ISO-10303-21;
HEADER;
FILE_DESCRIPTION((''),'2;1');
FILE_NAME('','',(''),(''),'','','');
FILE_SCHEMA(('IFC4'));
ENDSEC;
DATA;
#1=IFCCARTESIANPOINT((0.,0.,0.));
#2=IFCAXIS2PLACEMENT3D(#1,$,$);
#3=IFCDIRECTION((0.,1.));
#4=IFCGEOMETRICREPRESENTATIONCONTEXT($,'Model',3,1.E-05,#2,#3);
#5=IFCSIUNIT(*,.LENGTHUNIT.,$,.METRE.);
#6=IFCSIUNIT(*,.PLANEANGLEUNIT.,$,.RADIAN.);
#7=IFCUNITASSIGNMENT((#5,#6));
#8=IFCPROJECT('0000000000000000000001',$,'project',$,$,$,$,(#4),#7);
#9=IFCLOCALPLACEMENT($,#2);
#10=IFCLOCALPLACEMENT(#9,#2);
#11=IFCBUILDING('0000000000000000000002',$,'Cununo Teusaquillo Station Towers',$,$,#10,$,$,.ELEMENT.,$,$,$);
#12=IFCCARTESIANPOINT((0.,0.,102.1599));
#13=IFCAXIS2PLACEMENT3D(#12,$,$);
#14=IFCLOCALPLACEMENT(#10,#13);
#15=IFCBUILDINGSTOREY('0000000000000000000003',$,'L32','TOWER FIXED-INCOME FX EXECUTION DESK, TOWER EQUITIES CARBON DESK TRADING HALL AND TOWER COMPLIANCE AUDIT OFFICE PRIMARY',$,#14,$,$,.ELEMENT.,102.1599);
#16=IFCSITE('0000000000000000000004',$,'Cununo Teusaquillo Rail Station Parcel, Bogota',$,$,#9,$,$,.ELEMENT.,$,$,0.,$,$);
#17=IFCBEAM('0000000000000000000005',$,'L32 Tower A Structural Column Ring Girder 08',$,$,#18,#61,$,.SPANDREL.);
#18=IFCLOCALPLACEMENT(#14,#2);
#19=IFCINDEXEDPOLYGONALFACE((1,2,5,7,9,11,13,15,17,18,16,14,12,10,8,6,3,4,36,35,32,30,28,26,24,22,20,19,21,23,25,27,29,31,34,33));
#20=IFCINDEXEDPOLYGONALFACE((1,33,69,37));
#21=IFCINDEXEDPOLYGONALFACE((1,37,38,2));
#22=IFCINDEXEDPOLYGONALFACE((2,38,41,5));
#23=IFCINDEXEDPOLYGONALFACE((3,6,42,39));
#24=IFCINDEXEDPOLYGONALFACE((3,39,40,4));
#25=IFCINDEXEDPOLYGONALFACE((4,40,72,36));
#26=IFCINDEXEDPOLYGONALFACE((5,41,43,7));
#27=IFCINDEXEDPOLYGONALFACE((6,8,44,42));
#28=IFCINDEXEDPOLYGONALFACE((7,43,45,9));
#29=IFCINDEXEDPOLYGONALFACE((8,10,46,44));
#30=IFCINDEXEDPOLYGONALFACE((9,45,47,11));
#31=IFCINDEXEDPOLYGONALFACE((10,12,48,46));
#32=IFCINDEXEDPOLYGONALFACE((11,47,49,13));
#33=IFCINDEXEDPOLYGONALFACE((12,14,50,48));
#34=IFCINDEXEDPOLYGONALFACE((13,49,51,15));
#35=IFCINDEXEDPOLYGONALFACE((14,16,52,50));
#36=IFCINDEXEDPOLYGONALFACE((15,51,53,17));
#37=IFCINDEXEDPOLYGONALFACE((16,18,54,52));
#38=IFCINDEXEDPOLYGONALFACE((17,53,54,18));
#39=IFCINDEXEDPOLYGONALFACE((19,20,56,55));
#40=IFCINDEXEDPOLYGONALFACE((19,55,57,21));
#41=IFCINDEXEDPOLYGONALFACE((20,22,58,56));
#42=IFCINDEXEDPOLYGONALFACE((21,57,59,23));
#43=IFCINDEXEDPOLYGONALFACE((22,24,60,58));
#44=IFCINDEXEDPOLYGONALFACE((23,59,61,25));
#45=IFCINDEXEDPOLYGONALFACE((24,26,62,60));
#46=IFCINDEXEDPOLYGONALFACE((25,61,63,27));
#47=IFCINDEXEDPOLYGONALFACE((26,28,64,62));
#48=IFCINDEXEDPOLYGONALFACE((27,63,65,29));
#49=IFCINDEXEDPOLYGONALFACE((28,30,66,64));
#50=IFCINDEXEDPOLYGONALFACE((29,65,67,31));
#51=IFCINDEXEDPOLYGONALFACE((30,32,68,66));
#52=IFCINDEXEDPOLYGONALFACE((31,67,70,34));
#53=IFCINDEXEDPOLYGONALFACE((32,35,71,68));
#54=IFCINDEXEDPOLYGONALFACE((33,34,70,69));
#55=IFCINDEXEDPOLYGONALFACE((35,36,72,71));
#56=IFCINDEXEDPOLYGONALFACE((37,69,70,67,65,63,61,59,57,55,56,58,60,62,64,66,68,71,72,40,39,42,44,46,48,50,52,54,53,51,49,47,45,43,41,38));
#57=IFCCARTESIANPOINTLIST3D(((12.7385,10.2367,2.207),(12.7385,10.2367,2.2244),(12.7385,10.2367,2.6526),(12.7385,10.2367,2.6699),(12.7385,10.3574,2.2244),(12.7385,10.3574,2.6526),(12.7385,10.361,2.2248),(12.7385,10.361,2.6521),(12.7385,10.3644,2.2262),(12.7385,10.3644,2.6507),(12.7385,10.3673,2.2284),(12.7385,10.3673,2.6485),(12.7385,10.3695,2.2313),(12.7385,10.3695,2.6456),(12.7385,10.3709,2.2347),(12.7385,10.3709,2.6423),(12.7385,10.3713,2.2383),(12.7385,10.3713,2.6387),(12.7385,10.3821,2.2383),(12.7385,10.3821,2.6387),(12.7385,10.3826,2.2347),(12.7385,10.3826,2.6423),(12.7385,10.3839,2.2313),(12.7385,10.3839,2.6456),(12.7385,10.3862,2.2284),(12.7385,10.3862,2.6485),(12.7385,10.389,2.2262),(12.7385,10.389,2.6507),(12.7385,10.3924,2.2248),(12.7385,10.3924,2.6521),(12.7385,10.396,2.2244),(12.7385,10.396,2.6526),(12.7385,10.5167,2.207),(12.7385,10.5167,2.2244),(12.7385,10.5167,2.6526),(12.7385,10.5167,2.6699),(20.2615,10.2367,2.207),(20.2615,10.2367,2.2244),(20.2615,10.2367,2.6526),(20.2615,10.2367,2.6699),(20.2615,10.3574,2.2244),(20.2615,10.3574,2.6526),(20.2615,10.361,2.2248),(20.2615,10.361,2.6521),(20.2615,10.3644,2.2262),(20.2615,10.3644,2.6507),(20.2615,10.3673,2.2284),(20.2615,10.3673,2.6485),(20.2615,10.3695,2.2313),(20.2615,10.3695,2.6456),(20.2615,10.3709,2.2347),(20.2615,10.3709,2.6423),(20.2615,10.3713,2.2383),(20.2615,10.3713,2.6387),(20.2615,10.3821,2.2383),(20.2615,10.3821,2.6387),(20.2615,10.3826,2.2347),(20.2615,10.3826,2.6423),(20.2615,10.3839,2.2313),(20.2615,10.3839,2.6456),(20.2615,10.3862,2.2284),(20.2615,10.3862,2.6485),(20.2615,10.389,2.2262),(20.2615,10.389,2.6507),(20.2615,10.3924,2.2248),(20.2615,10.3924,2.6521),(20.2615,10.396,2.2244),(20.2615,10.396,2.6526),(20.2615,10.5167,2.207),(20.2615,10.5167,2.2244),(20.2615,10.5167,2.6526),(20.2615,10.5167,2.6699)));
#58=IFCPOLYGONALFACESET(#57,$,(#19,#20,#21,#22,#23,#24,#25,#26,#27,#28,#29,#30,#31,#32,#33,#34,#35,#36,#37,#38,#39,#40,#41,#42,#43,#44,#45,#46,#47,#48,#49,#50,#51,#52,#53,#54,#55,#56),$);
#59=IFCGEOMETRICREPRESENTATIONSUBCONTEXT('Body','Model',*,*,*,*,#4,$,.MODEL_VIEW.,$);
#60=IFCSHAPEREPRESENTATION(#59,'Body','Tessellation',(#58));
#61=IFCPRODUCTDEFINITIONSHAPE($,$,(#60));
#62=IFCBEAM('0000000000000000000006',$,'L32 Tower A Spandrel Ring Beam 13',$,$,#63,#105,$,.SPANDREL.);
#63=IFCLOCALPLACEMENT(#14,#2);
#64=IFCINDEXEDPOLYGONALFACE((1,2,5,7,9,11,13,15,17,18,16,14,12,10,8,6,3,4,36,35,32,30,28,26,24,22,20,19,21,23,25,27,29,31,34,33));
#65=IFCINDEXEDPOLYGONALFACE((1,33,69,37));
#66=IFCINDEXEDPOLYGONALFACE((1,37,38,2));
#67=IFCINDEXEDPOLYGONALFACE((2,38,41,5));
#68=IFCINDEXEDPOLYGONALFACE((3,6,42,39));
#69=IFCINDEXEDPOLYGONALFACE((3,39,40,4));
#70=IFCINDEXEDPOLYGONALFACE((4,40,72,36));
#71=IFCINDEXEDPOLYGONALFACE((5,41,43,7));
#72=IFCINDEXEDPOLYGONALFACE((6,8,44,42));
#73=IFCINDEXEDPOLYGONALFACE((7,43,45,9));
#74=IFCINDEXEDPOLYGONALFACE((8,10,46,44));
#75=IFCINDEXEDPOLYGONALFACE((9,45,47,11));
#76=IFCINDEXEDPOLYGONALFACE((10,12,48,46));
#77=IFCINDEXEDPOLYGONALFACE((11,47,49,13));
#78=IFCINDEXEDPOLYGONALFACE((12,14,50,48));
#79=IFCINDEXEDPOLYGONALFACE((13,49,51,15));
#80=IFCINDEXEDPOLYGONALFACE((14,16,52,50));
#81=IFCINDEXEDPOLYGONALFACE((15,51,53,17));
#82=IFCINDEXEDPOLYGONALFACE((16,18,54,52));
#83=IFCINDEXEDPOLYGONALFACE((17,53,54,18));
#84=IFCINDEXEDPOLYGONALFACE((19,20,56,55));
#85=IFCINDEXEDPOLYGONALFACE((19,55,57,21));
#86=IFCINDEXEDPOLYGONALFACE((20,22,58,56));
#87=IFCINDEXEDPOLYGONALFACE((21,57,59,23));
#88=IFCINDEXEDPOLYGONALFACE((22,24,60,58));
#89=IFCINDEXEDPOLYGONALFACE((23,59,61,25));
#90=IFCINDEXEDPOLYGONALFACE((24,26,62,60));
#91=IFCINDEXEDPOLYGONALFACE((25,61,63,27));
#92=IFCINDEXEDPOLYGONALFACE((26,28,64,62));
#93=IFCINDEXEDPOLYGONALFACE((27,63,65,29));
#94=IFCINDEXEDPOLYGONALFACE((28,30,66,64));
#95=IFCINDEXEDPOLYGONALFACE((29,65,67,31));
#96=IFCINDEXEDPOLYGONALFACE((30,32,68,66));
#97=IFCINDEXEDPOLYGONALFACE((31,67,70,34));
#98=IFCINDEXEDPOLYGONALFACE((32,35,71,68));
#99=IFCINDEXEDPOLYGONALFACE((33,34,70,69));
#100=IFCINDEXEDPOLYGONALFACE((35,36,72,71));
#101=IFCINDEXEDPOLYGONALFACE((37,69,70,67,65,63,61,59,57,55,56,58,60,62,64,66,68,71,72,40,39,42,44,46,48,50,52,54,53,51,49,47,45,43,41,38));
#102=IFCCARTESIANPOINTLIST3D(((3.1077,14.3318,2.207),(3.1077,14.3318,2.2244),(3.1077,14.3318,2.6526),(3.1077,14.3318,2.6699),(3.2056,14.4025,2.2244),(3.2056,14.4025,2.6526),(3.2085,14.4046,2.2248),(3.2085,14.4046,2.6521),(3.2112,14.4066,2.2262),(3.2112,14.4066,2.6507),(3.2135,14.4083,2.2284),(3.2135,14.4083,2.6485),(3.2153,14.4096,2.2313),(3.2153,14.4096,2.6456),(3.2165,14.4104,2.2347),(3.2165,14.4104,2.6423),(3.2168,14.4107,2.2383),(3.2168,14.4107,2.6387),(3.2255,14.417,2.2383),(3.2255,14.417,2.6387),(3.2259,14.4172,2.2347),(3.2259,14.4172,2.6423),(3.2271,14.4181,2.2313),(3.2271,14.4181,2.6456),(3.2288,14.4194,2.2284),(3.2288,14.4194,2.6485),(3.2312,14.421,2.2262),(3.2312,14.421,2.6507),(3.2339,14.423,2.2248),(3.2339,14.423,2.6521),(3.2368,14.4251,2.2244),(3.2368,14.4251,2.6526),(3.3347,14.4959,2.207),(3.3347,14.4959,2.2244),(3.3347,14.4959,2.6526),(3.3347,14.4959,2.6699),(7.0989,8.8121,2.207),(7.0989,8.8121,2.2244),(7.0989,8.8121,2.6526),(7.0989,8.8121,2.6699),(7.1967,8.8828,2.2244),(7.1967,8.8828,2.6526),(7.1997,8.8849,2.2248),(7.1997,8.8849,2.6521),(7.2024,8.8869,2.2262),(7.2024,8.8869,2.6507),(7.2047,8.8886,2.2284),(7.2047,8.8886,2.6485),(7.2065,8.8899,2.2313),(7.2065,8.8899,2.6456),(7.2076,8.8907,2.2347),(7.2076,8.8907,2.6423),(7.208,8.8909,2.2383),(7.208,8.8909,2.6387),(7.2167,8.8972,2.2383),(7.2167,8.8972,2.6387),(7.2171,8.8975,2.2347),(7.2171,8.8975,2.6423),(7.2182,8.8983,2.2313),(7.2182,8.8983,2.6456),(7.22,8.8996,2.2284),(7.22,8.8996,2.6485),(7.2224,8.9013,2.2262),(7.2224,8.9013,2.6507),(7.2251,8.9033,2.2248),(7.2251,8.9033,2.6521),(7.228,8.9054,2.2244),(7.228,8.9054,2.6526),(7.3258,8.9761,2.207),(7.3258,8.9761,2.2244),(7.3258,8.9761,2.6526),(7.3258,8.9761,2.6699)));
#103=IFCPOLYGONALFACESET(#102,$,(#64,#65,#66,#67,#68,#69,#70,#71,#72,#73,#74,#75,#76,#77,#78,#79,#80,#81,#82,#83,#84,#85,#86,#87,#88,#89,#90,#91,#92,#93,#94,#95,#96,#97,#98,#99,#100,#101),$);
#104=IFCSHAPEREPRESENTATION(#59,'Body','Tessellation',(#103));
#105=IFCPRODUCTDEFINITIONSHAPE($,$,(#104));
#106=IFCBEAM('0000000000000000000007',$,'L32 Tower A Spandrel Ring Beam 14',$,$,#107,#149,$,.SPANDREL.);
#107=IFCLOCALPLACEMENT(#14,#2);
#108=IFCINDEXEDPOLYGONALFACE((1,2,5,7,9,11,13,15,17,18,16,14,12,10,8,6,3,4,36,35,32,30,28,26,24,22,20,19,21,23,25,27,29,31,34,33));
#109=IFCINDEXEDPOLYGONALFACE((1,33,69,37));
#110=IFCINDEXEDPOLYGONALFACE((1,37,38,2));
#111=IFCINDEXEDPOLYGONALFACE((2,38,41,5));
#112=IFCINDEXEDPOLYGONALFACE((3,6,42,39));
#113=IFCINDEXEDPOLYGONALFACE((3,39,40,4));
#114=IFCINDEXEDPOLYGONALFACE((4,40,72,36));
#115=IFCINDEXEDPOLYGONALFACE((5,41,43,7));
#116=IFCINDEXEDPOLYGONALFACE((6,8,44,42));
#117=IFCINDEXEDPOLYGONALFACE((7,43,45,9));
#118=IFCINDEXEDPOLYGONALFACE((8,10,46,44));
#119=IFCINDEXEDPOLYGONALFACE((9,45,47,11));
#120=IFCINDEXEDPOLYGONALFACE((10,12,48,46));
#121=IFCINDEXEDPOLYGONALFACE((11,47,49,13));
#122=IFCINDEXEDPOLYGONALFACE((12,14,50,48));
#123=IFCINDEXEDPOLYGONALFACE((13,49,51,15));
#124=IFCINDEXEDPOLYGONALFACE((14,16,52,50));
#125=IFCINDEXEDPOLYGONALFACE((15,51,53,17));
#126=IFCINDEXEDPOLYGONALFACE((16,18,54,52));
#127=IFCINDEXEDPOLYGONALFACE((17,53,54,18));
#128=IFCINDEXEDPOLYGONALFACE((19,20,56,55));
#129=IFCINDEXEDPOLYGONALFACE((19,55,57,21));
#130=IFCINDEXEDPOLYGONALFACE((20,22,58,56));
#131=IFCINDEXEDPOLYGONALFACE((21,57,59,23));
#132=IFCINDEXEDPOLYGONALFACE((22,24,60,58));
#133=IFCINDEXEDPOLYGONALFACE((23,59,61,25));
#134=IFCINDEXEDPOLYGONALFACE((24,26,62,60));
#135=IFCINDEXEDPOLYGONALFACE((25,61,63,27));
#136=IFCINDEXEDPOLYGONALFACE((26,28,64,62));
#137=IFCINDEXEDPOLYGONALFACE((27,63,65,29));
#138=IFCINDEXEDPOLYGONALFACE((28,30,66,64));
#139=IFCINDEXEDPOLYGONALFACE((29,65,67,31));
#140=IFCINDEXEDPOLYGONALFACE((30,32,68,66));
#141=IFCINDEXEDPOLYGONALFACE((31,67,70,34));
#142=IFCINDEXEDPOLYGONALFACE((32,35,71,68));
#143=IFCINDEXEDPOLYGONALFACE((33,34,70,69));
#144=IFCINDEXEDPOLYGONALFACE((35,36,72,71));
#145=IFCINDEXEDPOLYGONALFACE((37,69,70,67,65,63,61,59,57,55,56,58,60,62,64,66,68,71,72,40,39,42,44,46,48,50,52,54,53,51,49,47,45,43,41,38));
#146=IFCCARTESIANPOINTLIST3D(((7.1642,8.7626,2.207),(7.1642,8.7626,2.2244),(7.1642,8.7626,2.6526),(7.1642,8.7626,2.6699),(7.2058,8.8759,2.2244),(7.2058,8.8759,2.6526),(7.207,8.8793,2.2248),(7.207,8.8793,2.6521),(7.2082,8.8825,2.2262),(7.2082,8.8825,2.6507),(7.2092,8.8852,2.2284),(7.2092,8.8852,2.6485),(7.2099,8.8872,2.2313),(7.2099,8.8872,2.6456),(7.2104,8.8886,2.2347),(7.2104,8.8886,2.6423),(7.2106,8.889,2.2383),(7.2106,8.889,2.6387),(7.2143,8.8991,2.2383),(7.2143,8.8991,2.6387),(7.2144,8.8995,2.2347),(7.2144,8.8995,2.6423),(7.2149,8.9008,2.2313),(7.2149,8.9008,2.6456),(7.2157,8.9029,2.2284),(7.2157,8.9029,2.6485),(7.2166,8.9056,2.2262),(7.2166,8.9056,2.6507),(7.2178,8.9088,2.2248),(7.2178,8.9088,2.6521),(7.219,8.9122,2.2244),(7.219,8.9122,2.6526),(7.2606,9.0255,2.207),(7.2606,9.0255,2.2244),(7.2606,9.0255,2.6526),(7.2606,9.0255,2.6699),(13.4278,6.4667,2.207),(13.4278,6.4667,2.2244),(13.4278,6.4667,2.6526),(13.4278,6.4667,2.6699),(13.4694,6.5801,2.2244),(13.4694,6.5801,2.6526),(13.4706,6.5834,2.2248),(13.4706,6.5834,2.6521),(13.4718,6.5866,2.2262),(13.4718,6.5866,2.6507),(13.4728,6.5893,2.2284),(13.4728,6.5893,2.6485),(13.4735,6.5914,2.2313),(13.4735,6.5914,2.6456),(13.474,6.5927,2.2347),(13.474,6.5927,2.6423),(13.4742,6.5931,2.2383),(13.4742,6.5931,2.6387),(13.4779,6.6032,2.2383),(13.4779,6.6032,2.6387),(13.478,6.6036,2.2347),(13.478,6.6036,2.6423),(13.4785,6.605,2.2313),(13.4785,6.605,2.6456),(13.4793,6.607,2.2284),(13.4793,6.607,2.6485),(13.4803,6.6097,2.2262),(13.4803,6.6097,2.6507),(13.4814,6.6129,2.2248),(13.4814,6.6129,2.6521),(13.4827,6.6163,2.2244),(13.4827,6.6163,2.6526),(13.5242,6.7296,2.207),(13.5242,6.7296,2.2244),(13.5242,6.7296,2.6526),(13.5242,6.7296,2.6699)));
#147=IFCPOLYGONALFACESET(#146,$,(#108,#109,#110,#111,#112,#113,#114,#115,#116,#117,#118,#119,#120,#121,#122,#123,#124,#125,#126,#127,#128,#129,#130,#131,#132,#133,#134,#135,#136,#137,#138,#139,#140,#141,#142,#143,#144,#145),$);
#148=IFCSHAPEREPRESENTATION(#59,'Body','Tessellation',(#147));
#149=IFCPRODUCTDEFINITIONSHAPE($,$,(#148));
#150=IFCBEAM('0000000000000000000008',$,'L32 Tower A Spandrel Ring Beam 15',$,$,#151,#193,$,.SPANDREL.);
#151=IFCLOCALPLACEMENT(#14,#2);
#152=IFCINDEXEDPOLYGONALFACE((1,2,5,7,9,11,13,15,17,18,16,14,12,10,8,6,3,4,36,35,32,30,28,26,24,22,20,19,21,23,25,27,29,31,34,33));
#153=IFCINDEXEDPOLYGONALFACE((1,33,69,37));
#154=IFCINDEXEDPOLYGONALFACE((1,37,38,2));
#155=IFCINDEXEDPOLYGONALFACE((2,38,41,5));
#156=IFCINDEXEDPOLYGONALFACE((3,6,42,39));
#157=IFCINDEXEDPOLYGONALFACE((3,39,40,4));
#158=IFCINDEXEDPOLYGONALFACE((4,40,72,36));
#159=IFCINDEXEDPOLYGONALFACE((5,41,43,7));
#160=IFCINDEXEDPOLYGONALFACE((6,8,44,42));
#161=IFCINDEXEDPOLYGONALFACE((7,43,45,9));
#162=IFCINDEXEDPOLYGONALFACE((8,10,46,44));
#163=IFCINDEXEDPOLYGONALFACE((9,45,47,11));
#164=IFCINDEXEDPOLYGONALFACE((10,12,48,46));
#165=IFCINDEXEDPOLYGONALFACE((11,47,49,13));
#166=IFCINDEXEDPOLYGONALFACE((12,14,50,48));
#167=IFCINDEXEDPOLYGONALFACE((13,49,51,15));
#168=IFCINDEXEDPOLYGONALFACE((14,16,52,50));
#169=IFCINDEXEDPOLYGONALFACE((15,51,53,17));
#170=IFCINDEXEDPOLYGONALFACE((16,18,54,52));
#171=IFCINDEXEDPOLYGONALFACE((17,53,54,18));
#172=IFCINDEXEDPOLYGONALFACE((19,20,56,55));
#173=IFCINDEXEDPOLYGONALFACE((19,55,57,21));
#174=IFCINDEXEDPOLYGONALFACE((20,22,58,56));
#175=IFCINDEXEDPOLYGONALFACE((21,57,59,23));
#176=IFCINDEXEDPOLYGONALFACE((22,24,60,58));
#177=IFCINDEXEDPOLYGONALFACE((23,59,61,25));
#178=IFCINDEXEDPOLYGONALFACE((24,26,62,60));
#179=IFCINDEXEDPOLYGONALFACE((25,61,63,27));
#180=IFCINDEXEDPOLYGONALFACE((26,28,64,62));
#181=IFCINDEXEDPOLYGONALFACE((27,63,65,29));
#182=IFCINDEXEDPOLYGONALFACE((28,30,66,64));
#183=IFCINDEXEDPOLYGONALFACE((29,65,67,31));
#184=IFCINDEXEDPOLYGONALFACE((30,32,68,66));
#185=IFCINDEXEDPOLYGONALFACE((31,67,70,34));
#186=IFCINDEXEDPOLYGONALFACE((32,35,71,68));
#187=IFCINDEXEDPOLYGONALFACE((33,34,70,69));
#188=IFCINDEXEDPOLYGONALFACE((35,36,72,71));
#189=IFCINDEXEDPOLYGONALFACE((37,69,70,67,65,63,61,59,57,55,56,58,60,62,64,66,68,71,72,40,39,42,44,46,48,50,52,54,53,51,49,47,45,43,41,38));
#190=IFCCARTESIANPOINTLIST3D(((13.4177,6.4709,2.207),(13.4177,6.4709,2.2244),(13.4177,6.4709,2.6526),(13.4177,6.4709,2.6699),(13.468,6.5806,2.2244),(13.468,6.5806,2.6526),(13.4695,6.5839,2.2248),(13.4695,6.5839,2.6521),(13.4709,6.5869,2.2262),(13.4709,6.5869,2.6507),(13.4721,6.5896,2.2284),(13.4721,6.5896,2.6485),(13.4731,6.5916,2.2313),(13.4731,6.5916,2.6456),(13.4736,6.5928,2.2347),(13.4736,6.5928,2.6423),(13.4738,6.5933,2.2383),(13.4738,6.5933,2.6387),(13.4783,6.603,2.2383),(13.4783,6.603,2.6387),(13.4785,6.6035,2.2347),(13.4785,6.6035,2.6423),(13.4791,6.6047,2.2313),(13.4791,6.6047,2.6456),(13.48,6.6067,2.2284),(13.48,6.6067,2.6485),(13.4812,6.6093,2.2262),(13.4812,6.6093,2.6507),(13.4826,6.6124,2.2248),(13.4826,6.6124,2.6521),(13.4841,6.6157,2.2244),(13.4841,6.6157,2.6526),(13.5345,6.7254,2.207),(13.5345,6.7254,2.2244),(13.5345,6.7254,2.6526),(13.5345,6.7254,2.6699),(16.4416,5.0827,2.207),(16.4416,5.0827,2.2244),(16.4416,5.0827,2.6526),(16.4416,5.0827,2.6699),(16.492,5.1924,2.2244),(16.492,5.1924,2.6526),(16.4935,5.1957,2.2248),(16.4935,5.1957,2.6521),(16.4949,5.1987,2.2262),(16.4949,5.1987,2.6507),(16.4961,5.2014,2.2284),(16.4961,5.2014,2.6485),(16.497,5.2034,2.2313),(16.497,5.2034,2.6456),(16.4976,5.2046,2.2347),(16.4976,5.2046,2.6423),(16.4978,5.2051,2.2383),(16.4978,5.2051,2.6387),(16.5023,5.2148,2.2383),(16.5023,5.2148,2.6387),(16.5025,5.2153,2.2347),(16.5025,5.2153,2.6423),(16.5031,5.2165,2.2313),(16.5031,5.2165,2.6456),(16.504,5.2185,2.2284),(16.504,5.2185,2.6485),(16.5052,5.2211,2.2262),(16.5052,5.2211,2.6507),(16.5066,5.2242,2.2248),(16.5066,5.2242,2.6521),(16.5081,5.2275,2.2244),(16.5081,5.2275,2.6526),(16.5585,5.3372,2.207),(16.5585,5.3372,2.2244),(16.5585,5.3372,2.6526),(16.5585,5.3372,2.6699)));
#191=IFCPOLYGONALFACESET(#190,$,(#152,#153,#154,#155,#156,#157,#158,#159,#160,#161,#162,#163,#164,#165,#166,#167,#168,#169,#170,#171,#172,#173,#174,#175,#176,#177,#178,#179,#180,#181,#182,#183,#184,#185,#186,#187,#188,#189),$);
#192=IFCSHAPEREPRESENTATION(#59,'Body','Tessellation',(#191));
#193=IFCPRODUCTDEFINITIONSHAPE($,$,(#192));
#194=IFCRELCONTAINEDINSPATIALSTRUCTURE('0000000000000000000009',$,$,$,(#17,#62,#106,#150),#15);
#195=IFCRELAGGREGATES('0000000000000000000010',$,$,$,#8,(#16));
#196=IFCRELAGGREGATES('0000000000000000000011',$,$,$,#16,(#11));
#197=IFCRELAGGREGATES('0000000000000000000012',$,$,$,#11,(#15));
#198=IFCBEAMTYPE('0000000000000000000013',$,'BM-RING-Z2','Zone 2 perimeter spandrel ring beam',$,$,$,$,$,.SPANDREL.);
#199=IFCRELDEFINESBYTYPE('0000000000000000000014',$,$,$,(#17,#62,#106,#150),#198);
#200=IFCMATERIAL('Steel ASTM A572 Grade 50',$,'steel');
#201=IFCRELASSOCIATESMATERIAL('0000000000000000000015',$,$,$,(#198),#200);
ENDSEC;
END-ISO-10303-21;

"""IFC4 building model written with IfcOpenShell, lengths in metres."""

from ifc_helpers import new_model, si_unit, direction, frame, origin, origin_2d, place, context, subcontext, project, spatial, i_section, extrude, material, material_profile, profile_set, type_object, element, save


model = new_model("IFC4")

# Units and contexts
model_context = context("Model", 3, precision=1e-05, world=origin(), true_north=direction((0.0, 1.0)))
body_context = subcontext(model_context, "Body", "Model", "MODEL_VIEW")
ifc_project = project(units=[si_unit("LENGTHUNIT", "METRE"), si_unit("PLANEANGLEUNIT", "RADIAN")], contexts=[model_context])

# Site, building, storey
site_placement = place(None, origin())
site = spatial("IfcSite", under=ifc_project, at=site_placement, Name="Cununo Teusaquillo Rail Station Parcel, Bogota", CompositionType="ELEMENT", RefElevation=0.0)
building_placement = place(site_placement, origin())
building = spatial("IfcBuilding", under=site, at=building_placement, Name="Cununo Teusaquillo Station Towers", CompositionType="ELEMENT")
storey_placement = place(building_placement, frame((0.0, 0.0, 102.1599)))
storey = spatial("IfcBuildingStorey", under=building, at=storey_placement, Name="L32", Description="TOWER FIXED-INCOME FX EXECUTION DESK, TOWER EQUITIES CARBON DESK TRADING HALL AND TOWER COMPLIANCE AUDIT OFFICE PRIMARY", CompositionType="ELEMENT", Elevation=102.1599)

# Beams
ifc_material_1 = material(Name="Steel ASTM A572 Grade 50", Category="steel")
ifc_material_profile_1 = material_profile(ifc_material_1, i_section(OverallWidth=0.28, OverallDepth=0.4629, WebThickness=0.0107, FlangeThickness=0.0173, FilletRadius=0.0139, at=origin_2d()), Name="W18X76")
ifc_profile_set_1 = profile_set([ifc_material_profile_1], Name="Steel ASTM A572 Grade 50")
beam_type = type_object("IfcBeamType", Name="BM-RING-Z2", Description="Zone 2 perimeter spandrel ring beam", PredefinedType="SPANDREL", material=ifc_profile_set_1)
beam_1_placement = place(storey_placement, frame((12.7385, 10.3767, 2.4385), z_axis=(1.0, 0.0, 0.0), x_axis=(0.0, 1.0, 0.0)))
element("IfcBeam", 1, at=beam_1_placement, inside=storey, type_object=beam_type, Name="L32 Tower A Structural Column Ring Girder 08", PredefinedType="SPANDREL", context=body_context, shape_type="SweptSolid", body=[
    extrude(i_section(OverallWidth=0.28, OverallDepth=0.4629, WebThickness=0.0107, FlangeThickness=0.0173, FilletRadius=0.0139, at=origin_2d()), origin(), (0.0, 0.0, 1.0), 7.5229),
])
beam_2_placement = place(storey_placement, frame((3.2212, 14.4138, 2.4385), z_axis=(0.585945, -0.810351, 0.0), x_axis=(0.810351, 0.585945, 0.0)))
element("IfcBeam", 2, at=beam_2_placement, inside=storey, type_object=beam_type, Name="L32 Tower A Spandrel Ring Beam 13", PredefinedType="SPANDREL", context=body_context, shape_type="SweptSolid", body=[
    extrude(i_section(OverallWidth=0.28, OverallDepth=0.4629, WebThickness=0.0107, FlangeThickness=0.0173, FilletRadius=0.0139, at=origin_2d()), origin(), (0.0, 0.0, 1.0), 6.8115),
])
beam_3_placement = place(storey_placement, frame((7.2124, 8.894, 2.4385), z_axis=(0.938914, -0.344151, 0.0), x_axis=(0.344151, 0.938914, 0.0)))
element("IfcBeam", 3, at=beam_3_placement, inside=storey, type_object=beam_type, Name="L32 Tower A Spandrel Ring Beam 14", PredefinedType="SPANDREL", context=body_context, shape_type="SweptSolid", body=[
    extrude(i_section(OverallWidth=0.28, OverallDepth=0.4629, WebThickness=0.0107, FlangeThickness=0.0173, FilletRadius=0.0139, at=origin_2d()), origin(), (0.0, 0.0, 1.0), 6.6711),
])
beam_4_placement = place(storey_placement, frame((13.4761, 6.5981, 2.4385), z_axis=(0.908812, -0.417205, 0.0), x_axis=(0.417205, 0.908812, 0.0)))
element("IfcBeam", 4, at=beam_4_placement, inside=storey, type_object=beam_type, Name="L32 Tower A Spandrel Ring Beam 15", PredefinedType="SPANDREL", context=body_context, shape_type="SweptSolid", body=[
    extrude(i_section(OverallWidth=0.28, OverallDepth=0.4629, WebThickness=0.0107, FlangeThickness=0.0173, FilletRadius=0.0139, at=origin_2d()), origin(), (0.0, 0.0, 1.0), 3.3274),
])

save(model, "model.ifc")
